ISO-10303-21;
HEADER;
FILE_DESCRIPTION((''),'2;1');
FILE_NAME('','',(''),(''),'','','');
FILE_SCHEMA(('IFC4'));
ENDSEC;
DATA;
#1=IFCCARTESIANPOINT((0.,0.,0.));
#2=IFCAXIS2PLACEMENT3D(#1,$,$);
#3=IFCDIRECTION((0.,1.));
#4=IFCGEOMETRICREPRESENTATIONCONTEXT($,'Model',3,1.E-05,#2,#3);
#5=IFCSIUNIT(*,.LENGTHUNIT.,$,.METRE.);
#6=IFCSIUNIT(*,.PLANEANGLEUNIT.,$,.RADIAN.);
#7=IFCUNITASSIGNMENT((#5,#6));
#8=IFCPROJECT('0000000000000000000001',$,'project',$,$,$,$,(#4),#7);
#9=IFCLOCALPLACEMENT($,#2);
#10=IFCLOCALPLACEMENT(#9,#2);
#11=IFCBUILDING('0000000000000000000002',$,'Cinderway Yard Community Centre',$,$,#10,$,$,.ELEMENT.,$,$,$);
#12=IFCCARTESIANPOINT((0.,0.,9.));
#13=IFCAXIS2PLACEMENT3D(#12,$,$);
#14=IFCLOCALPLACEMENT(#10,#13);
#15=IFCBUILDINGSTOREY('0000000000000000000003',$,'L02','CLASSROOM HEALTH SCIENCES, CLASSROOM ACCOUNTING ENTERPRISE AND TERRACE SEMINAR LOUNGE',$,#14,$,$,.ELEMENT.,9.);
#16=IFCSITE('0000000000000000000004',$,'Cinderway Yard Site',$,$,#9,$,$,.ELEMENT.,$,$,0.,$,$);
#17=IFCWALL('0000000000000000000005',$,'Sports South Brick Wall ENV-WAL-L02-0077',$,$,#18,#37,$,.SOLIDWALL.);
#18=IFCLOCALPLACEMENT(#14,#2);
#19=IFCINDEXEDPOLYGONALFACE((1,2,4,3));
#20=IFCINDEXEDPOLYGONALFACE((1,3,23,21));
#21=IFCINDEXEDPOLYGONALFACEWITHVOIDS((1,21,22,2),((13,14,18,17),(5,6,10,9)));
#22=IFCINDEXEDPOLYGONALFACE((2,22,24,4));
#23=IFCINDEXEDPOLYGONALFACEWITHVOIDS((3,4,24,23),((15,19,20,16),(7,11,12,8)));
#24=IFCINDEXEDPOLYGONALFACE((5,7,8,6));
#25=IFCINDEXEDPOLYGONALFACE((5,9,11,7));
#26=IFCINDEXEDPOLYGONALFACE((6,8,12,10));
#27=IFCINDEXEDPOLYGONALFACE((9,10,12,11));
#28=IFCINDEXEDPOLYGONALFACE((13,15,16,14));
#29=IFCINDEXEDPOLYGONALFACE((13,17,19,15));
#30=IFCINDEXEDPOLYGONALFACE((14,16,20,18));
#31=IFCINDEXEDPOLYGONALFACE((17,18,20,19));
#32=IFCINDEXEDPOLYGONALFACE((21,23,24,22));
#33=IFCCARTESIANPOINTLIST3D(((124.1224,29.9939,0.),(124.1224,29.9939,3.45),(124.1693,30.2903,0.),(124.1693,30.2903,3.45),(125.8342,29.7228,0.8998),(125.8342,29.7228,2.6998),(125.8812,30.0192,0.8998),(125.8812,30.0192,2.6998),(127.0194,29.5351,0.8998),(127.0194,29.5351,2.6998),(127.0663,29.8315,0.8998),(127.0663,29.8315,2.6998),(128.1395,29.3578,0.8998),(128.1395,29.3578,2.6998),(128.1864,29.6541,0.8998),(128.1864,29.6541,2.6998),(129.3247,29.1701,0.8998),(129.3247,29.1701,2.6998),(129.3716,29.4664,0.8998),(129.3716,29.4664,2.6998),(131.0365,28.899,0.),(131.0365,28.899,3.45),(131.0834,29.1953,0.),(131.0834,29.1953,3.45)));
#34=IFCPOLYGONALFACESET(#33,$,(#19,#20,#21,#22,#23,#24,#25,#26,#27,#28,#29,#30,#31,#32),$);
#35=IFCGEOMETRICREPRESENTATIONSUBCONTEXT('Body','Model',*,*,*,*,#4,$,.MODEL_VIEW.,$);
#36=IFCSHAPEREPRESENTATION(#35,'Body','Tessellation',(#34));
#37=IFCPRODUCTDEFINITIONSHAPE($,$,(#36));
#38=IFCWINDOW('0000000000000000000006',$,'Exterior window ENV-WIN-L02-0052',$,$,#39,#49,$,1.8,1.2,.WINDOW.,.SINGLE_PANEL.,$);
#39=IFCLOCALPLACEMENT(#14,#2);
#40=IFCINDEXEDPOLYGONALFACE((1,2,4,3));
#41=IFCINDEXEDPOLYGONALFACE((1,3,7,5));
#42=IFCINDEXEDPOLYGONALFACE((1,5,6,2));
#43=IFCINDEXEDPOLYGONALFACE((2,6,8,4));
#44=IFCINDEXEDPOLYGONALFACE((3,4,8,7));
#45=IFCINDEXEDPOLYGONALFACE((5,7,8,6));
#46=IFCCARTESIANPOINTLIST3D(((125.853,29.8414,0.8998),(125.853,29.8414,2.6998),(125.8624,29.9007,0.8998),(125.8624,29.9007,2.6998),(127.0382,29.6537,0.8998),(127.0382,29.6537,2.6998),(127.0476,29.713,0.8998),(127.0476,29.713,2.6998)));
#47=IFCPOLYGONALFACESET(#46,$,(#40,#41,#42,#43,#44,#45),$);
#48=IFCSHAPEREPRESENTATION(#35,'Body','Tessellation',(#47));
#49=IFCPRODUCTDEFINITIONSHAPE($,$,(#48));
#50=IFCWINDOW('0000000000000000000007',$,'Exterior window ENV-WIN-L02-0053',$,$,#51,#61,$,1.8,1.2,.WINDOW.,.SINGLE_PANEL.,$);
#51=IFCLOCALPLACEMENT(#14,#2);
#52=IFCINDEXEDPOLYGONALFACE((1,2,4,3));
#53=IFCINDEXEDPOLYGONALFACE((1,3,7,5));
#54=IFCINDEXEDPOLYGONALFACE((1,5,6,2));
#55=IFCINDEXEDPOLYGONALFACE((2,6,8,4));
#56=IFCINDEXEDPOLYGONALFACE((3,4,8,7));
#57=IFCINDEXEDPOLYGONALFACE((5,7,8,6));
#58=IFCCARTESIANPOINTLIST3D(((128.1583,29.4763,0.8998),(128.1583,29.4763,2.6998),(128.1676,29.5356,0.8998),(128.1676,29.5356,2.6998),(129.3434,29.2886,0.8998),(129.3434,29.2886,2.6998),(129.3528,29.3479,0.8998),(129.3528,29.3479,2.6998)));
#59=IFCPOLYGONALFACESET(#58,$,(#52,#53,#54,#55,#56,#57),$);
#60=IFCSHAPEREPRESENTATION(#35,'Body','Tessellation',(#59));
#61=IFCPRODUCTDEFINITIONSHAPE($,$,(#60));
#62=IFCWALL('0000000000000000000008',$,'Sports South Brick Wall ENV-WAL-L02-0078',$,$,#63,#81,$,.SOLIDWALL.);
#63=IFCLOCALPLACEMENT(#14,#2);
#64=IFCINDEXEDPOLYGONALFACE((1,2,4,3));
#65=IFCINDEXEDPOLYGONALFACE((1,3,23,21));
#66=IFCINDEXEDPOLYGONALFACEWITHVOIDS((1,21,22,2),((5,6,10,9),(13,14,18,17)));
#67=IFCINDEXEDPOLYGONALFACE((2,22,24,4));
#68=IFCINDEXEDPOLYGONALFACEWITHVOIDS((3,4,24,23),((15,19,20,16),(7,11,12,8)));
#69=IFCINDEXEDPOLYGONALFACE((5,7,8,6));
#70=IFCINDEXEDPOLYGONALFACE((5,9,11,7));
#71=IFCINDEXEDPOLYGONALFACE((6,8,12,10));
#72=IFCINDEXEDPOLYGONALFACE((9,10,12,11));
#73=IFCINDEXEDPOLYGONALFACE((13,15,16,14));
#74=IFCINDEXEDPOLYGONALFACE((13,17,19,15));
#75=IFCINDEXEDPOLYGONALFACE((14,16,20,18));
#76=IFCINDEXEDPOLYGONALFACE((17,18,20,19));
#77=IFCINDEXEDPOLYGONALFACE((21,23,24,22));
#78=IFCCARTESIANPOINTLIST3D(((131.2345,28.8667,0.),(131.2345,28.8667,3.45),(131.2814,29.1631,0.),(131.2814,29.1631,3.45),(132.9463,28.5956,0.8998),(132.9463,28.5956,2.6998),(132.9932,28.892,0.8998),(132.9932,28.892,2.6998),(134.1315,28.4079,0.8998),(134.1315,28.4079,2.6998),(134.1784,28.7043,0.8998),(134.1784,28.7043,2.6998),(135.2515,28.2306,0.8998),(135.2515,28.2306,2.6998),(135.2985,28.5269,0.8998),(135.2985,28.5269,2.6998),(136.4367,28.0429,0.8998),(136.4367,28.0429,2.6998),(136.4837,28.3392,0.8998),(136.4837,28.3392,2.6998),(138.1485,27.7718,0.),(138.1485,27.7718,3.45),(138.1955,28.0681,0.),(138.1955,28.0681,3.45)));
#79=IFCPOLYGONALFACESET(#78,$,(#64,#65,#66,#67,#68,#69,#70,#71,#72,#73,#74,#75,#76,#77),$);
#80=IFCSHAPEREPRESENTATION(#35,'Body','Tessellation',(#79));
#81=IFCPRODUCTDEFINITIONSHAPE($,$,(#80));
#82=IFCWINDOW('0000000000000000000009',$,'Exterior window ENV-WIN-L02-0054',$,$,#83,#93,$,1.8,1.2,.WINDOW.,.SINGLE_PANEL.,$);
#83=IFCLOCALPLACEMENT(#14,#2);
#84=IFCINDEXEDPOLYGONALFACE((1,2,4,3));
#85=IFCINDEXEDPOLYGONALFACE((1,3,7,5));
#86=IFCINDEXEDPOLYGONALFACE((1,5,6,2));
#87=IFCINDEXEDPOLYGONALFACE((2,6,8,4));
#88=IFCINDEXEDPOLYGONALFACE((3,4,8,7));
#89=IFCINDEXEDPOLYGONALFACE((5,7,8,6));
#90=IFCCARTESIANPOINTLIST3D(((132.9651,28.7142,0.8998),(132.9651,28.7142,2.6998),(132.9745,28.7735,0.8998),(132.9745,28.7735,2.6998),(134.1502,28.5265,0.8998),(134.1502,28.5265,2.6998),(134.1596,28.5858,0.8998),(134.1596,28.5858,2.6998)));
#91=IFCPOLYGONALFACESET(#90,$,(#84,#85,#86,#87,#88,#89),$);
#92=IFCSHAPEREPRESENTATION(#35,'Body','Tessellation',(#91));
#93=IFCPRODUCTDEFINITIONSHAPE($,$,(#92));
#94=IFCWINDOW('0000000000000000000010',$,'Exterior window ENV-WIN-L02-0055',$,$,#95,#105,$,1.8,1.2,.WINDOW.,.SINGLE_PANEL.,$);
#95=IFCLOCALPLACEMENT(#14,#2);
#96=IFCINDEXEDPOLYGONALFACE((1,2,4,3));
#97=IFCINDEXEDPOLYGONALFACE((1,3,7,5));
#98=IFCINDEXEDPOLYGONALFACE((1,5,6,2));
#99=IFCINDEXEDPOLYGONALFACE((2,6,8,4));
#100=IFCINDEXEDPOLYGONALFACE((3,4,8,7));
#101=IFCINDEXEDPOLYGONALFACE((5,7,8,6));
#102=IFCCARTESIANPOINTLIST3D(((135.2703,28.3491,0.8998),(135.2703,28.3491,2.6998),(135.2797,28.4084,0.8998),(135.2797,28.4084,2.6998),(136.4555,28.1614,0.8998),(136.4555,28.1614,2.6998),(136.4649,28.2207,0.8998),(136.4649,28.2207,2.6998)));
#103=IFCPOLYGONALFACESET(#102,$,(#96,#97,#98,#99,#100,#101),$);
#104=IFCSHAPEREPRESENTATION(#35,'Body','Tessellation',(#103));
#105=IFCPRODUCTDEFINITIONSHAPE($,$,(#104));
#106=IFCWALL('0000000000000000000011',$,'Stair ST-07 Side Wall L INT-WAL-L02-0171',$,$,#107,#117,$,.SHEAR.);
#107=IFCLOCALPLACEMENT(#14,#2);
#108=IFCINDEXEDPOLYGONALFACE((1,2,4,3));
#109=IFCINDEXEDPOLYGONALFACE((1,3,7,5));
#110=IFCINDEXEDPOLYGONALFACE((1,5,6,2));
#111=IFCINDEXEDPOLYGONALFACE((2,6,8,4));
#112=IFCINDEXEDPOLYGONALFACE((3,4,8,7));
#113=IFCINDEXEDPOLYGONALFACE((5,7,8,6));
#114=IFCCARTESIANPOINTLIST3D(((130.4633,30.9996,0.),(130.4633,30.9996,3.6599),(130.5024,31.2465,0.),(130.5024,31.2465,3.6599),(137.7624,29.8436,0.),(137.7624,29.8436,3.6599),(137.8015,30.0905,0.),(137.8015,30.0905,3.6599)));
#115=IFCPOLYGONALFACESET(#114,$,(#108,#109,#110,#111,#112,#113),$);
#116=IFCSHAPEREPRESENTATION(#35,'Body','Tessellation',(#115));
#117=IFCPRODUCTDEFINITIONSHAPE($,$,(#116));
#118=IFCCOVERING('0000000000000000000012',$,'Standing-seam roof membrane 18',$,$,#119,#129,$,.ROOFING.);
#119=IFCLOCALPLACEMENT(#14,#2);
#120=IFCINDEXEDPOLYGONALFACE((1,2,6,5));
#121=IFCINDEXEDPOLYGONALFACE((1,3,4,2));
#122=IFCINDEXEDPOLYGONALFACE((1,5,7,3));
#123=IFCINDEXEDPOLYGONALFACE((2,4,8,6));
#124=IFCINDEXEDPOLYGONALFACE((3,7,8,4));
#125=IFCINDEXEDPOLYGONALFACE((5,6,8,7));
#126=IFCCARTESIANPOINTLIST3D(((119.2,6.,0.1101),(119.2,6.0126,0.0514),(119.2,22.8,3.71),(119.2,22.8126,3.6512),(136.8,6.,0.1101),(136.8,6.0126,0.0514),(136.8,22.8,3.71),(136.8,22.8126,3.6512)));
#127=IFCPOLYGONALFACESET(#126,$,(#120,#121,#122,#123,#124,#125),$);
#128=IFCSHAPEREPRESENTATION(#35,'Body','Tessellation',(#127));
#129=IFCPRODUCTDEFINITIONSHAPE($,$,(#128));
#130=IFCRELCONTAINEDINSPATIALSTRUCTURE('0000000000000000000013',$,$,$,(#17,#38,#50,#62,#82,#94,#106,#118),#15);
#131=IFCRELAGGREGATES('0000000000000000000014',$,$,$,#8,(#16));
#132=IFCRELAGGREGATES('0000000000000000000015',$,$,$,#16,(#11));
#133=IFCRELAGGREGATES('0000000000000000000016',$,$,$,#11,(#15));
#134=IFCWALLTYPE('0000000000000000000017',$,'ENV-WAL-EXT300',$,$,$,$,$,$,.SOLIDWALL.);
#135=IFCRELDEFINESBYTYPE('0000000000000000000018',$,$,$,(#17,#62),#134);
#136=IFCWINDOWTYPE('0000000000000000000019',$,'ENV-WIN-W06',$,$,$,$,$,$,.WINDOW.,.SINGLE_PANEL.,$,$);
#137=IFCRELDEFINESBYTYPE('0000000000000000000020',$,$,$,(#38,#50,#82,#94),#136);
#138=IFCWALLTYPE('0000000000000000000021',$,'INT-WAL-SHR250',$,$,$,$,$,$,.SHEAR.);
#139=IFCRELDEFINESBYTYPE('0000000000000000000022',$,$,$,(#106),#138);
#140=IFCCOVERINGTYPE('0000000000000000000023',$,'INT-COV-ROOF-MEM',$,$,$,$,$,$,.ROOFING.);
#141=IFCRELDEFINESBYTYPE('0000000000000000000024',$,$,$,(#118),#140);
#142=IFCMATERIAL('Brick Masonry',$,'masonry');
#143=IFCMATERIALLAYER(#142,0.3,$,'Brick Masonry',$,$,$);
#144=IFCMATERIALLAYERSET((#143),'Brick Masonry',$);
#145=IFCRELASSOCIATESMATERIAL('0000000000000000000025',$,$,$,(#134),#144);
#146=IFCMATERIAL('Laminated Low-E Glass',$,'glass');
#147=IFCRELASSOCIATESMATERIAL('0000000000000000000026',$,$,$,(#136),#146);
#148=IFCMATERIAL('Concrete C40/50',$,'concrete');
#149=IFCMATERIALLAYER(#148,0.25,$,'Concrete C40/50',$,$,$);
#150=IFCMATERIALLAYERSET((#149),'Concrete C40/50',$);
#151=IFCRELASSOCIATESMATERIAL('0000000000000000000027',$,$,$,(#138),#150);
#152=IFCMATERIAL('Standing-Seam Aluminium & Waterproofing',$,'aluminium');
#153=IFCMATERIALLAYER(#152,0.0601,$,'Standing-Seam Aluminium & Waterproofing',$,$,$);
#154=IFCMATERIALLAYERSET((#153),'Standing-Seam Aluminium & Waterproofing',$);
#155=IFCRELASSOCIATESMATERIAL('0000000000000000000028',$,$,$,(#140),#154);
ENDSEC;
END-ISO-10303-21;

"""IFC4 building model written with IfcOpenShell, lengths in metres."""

from ifc_helpers import new_model, si_unit, direction, frame, frame_2d, origin, place, context, subcontext, project, spatial, polyline, rectangle, outline, extrude, material, layer, layer_set, type_object, element, fill, save


model = new_model("IFC4")

# Units and contexts
model_context = context("Model", 3, precision=1e-05, world=origin(), true_north=direction((0.0, 1.0)))
body_context = subcontext(model_context, "Body", "Model", "MODEL_VIEW")
ifc_project = project(units=[si_unit("LENGTHUNIT", "METRE"), si_unit("PLANEANGLEUNIT", "RADIAN")], contexts=[model_context])

# Site, building, storey
site_placement = place(None, origin())
site = spatial("IfcSite", under=ifc_project, at=site_placement, Name="Cinderway Yard Site", CompositionType="ELEMENT", RefElevation=0.0)
building_placement = place(site_placement, origin())
building = spatial("IfcBuilding", under=site, at=building_placement, Name="Cinderway Yard Community Centre", CompositionType="ELEMENT")
storey_placement = place(building_placement, frame((0.0, 0.0, 9.0)))
storey = spatial("IfcBuildingStorey", under=building, at=storey_placement, Name="L02", Description="CLASSROOM HEALTH SCIENCES, CLASSROOM ACCOUNTING ENTERPRISE AND TERRACE SEMINAR LOUNGE", CompositionType="ELEMENT", Elevation=9.0)

# Shared definitions
ifc_material_1 = material(Name="Concrete C40/50", Category="concrete")

# Shared definitions
ifc_material_2 = material(Name="Laminated Low-E Glass", Category="glass")

# Walls, openings, windows
ifc_material_3 = material(Name="Brick Masonry", Category="masonry")
ifc_layer_1 = layer(ifc_material_3, 0.3, Name="Brick Masonry")
ifc_layer_set_1 = layer_set([ifc_layer_1], Name="Brick Masonry")
wall_type_1 = type_object("IfcWallType", Name="ENV-WAL-EXT300", PredefinedType="SOLIDWALL", material=ifc_layer_set_1)
wall_1_placement = place(storey_placement, frame((124.146, 30.1421, 0.0), z_axis=(0.0, 0.0, 1.0), x_axis=(0.987691, -0.156419, 0.0)))
wall_1 = element("IfcWall", 1, at=wall_1_placement, inside=storey, type_object=wall_type_1, Name="Sports South Brick Wall ENV-WAL-L02-0077", PredefinedType="SOLIDWALL", context=body_context, shape_type="SweptSolid", body=[
    extrude(rectangle(XDim=7.0002, YDim=0.3, at=frame_2d((3.5, 0.0))), origin(), (0.0, 0.0, 1.0), 3.45),
])
opening_1_placement = place(wall_1_placement, frame((1.7329, 0.0, 0.8999)))
opening_1 = element("IfcOpeningElement", 2, at=opening_1_placement, cuts=wall_1, PredefinedType="OPENING", context=body_context, shape_type="SweptSolid", body=[
    extrude(rectangle(XDim=1.2, YDim=1.8, at=frame_2d((0.6001, 0.8999))), frame((0.0, 0.1599, 0.0), z_axis=(0.0, -1.0, 0.0), x_axis=(1.0, 0.0, 0.0)), (0.0, 0.0, 1.0), 0.3201),
])
opening_2_placement = place(wall_1_placement, frame((4.0669, 0.0, 0.8999)))
opening_2 = element("IfcOpeningElement", 3, at=opening_2_placement, cuts=wall_1, PredefinedType="OPENING", context=body_context, shape_type="SweptSolid", body=[
    extrude(rectangle(XDim=1.2, YDim=1.8, at=frame_2d((0.6001, 0.8999))), frame((0.0, 0.1599, 0.0), z_axis=(0.0, -1.0, 0.0), x_axis=(1.0, 0.0, 0.0)), (0.0, 0.0, 1.0), 0.3201),
])
window_type = type_object("IfcWindowType", Name="ENV-WIN-W06", PartitioningType="SINGLE_PANEL", PredefinedType="WINDOW", material=ifc_material_2)
window_1_placement = place(opening_1_placement, origin())
window_1 = element("IfcWindow", 4, at=window_1_placement, inside=storey, type_object=window_type, Name="Exterior window ENV-WIN-L02-0052", OverallHeight=1.8, OverallWidth=1.2, PartitioningType="SINGLE_PANEL", PredefinedType="WINDOW", context=body_context, shape_type="SweptSolid", body=[
    extrude(rectangle(XDim=1.2, YDim=1.8, at=frame_2d((0.6001, 0.8999))), frame((0.0, 0.03, 0.0), z_axis=(0.0, -1.0, 0.0), x_axis=(1.0, 0.0, 0.0)), (0.0, 0.0, 1.0), 0.0601),
])
fill(opening_1, window_1)
window_2_placement = place(opening_2_placement, origin())
window_2 = element("IfcWindow", 5, at=window_2_placement, inside=storey, type_object=window_type, Name="Exterior window ENV-WIN-L02-0053", OverallHeight=1.8, OverallWidth=1.2, PartitioningType="SINGLE_PANEL", PredefinedType="WINDOW", context=body_context, shape_type="SweptSolid", body=[
    extrude(rectangle(XDim=1.2, YDim=1.8, at=frame_2d((0.6001, 0.8999))), frame((0.0, 0.03, 0.0), z_axis=(0.0, -1.0, 0.0), x_axis=(1.0, 0.0, 0.0)), (0.0, 0.0, 1.0), 0.0601),
])
fill(opening_2, window_2)
wall_2_placement = place(storey_placement, frame((131.2581, 29.0149, 0.0), z_axis=(0.0, 0.0, 1.0), x_axis=(0.987691, -0.156419, 0.0)))
wall_2 = element("IfcWall", 6, at=wall_2_placement, inside=storey, type_object=wall_type_1, Name="Sports South Brick Wall ENV-WAL-L02-0078", PredefinedType="SOLIDWALL", context=body_context, shape_type="SweptSolid", body=[
    extrude(rectangle(XDim=7.0002, YDim=0.3, at=frame_2d((3.5, 0.0))), origin(), (0.0, 0.0, 1.0), 3.45),
])
opening_3_placement = place(wall_2_placement, frame((1.7329, 0.0, 0.8999)))
opening_3 = element("IfcOpeningElement", 7, at=opening_3_placement, cuts=wall_2, PredefinedType="OPENING", context=body_context, shape_type="SweptSolid", body=[
    extrude(rectangle(XDim=1.2, YDim=1.8, at=frame_2d((0.6001, 0.8999))), frame((0.0, 0.1599, 0.0), z_axis=(0.0, -1.0, 0.0), x_axis=(1.0, 0.0, 0.0)), (0.0, 0.0, 1.0), 0.3201),
])
opening_4_placement = place(wall_2_placement, frame((4.0669, 0.0, 0.8999)))
opening_4 = element("IfcOpeningElement", 8, at=opening_4_placement, cuts=wall_2, PredefinedType="OPENING", context=body_context, shape_type="SweptSolid", body=[
    extrude(rectangle(XDim=1.2, YDim=1.8, at=frame_2d((0.6001, 0.8999))), frame((0.0, 0.1599, 0.0), z_axis=(0.0, -1.0, 0.0), x_axis=(1.0, 0.0, 0.0)), (0.0, 0.0, 1.0), 0.3201),
])
window_3_placement = place(opening_3_placement, origin())
window_3 = element("IfcWindow", 9, at=window_3_placement, inside=storey, type_object=window_type, Name="Exterior window ENV-WIN-L02-0054", OverallHeight=1.8, OverallWidth=1.2, PartitioningType="SINGLE_PANEL", PredefinedType="WINDOW", context=body_context, shape_type="SweptSolid", body=[
    extrude(rectangle(XDim=1.2, YDim=1.8, at=frame_2d((0.6001, 0.8999))), frame((0.0, 0.03, 0.0), z_axis=(0.0, -1.0, 0.0), x_axis=(1.0, 0.0, 0.0)), (0.0, 0.0, 1.0), 0.0601),
])
fill(opening_3, window_3)
window_4_placement = place(opening_4_placement, origin())
window_4 = element("IfcWindow", 10, at=window_4_placement, inside=storey, type_object=window_type, Name="Exterior window ENV-WIN-L02-0055", OverallHeight=1.8, OverallWidth=1.2, PartitioningType="SINGLE_PANEL", PredefinedType="WINDOW", context=body_context, shape_type="SweptSolid", body=[
    extrude(rectangle(XDim=1.2, YDim=1.8, at=frame_2d((0.6001, 0.8999))), frame((0.0, 0.03, 0.0), z_axis=(0.0, -1.0, 0.0), x_axis=(1.0, 0.0, 0.0)), (0.0, 0.0, 1.0), 0.0601),
])
fill(opening_4, window_4)

# Wall
ifc_layer_2 = layer(ifc_material_1, 0.25, Name="Concrete C40/50")
ifc_layer_set_2 = layer_set([ifc_layer_2], Name="Concrete C40/50")
wall_type_2 = type_object("IfcWallType", Name="INT-WAL-SHR250", PredefinedType="SHEAR", material=ifc_layer_set_2)
wall_3_placement = place(storey_placement, frame((137.782, 29.967, 0.0), z_axis=(0.0, 0.0, 1.0), x_axis=(-0.987689, 0.156427, 0.0)))
element("IfcWall", 11, at=wall_3_placement, inside=storey, type_object=wall_type_2, Name="Stair ST-07 Side Wall L INT-WAL-L02-0171", PredefinedType="SHEAR", context=body_context, shape_type="SweptSolid", body=[
    extrude(rectangle(XDim=7.3901, YDim=0.25, at=frame_2d((3.6951, 0.0))), origin(), (0.0, 0.0, 1.0), 3.6599),
])

# Covering
ifc_material_4 = material(Name="Standing-Seam Aluminium & Waterproofing", Category="aluminium")
ifc_layer_3 = layer(ifc_material_4, 0.0601, Name="Standing-Seam Aluminium & Waterproofing")
ifc_layer_set_3 = layer_set([ifc_layer_3], Name="Standing-Seam Aluminium & Waterproofing")
covering_type = type_object("IfcCoveringType", Name="INT-COV-ROOF-MEM", PredefinedType="ROOFING", material=ifc_layer_set_3)
covering_placement = place(storey_placement, frame((119.2, 6.0, 0.1101), z_axis=(0.0, -0.20952, 0.977804), x_axis=(1.0, 0.0, 0.0)))
element("IfcCovering", 12, at=covering_placement, inside=storey, type_object=covering_type, Name="Standing-seam roof membrane 18", PredefinedType="ROOFING", context=body_context, shape_type="SweptSolid", body=[
    extrude(outline(polyline([(0.0, 0.0), (17.6001, 0.0), (17.6001, 17.1814), (0.0, 17.1814), (0.0, 0.0)])), origin(), (0.0, 0.0, -1.0), 0.0601),
])

save(model, "model.ifc")
